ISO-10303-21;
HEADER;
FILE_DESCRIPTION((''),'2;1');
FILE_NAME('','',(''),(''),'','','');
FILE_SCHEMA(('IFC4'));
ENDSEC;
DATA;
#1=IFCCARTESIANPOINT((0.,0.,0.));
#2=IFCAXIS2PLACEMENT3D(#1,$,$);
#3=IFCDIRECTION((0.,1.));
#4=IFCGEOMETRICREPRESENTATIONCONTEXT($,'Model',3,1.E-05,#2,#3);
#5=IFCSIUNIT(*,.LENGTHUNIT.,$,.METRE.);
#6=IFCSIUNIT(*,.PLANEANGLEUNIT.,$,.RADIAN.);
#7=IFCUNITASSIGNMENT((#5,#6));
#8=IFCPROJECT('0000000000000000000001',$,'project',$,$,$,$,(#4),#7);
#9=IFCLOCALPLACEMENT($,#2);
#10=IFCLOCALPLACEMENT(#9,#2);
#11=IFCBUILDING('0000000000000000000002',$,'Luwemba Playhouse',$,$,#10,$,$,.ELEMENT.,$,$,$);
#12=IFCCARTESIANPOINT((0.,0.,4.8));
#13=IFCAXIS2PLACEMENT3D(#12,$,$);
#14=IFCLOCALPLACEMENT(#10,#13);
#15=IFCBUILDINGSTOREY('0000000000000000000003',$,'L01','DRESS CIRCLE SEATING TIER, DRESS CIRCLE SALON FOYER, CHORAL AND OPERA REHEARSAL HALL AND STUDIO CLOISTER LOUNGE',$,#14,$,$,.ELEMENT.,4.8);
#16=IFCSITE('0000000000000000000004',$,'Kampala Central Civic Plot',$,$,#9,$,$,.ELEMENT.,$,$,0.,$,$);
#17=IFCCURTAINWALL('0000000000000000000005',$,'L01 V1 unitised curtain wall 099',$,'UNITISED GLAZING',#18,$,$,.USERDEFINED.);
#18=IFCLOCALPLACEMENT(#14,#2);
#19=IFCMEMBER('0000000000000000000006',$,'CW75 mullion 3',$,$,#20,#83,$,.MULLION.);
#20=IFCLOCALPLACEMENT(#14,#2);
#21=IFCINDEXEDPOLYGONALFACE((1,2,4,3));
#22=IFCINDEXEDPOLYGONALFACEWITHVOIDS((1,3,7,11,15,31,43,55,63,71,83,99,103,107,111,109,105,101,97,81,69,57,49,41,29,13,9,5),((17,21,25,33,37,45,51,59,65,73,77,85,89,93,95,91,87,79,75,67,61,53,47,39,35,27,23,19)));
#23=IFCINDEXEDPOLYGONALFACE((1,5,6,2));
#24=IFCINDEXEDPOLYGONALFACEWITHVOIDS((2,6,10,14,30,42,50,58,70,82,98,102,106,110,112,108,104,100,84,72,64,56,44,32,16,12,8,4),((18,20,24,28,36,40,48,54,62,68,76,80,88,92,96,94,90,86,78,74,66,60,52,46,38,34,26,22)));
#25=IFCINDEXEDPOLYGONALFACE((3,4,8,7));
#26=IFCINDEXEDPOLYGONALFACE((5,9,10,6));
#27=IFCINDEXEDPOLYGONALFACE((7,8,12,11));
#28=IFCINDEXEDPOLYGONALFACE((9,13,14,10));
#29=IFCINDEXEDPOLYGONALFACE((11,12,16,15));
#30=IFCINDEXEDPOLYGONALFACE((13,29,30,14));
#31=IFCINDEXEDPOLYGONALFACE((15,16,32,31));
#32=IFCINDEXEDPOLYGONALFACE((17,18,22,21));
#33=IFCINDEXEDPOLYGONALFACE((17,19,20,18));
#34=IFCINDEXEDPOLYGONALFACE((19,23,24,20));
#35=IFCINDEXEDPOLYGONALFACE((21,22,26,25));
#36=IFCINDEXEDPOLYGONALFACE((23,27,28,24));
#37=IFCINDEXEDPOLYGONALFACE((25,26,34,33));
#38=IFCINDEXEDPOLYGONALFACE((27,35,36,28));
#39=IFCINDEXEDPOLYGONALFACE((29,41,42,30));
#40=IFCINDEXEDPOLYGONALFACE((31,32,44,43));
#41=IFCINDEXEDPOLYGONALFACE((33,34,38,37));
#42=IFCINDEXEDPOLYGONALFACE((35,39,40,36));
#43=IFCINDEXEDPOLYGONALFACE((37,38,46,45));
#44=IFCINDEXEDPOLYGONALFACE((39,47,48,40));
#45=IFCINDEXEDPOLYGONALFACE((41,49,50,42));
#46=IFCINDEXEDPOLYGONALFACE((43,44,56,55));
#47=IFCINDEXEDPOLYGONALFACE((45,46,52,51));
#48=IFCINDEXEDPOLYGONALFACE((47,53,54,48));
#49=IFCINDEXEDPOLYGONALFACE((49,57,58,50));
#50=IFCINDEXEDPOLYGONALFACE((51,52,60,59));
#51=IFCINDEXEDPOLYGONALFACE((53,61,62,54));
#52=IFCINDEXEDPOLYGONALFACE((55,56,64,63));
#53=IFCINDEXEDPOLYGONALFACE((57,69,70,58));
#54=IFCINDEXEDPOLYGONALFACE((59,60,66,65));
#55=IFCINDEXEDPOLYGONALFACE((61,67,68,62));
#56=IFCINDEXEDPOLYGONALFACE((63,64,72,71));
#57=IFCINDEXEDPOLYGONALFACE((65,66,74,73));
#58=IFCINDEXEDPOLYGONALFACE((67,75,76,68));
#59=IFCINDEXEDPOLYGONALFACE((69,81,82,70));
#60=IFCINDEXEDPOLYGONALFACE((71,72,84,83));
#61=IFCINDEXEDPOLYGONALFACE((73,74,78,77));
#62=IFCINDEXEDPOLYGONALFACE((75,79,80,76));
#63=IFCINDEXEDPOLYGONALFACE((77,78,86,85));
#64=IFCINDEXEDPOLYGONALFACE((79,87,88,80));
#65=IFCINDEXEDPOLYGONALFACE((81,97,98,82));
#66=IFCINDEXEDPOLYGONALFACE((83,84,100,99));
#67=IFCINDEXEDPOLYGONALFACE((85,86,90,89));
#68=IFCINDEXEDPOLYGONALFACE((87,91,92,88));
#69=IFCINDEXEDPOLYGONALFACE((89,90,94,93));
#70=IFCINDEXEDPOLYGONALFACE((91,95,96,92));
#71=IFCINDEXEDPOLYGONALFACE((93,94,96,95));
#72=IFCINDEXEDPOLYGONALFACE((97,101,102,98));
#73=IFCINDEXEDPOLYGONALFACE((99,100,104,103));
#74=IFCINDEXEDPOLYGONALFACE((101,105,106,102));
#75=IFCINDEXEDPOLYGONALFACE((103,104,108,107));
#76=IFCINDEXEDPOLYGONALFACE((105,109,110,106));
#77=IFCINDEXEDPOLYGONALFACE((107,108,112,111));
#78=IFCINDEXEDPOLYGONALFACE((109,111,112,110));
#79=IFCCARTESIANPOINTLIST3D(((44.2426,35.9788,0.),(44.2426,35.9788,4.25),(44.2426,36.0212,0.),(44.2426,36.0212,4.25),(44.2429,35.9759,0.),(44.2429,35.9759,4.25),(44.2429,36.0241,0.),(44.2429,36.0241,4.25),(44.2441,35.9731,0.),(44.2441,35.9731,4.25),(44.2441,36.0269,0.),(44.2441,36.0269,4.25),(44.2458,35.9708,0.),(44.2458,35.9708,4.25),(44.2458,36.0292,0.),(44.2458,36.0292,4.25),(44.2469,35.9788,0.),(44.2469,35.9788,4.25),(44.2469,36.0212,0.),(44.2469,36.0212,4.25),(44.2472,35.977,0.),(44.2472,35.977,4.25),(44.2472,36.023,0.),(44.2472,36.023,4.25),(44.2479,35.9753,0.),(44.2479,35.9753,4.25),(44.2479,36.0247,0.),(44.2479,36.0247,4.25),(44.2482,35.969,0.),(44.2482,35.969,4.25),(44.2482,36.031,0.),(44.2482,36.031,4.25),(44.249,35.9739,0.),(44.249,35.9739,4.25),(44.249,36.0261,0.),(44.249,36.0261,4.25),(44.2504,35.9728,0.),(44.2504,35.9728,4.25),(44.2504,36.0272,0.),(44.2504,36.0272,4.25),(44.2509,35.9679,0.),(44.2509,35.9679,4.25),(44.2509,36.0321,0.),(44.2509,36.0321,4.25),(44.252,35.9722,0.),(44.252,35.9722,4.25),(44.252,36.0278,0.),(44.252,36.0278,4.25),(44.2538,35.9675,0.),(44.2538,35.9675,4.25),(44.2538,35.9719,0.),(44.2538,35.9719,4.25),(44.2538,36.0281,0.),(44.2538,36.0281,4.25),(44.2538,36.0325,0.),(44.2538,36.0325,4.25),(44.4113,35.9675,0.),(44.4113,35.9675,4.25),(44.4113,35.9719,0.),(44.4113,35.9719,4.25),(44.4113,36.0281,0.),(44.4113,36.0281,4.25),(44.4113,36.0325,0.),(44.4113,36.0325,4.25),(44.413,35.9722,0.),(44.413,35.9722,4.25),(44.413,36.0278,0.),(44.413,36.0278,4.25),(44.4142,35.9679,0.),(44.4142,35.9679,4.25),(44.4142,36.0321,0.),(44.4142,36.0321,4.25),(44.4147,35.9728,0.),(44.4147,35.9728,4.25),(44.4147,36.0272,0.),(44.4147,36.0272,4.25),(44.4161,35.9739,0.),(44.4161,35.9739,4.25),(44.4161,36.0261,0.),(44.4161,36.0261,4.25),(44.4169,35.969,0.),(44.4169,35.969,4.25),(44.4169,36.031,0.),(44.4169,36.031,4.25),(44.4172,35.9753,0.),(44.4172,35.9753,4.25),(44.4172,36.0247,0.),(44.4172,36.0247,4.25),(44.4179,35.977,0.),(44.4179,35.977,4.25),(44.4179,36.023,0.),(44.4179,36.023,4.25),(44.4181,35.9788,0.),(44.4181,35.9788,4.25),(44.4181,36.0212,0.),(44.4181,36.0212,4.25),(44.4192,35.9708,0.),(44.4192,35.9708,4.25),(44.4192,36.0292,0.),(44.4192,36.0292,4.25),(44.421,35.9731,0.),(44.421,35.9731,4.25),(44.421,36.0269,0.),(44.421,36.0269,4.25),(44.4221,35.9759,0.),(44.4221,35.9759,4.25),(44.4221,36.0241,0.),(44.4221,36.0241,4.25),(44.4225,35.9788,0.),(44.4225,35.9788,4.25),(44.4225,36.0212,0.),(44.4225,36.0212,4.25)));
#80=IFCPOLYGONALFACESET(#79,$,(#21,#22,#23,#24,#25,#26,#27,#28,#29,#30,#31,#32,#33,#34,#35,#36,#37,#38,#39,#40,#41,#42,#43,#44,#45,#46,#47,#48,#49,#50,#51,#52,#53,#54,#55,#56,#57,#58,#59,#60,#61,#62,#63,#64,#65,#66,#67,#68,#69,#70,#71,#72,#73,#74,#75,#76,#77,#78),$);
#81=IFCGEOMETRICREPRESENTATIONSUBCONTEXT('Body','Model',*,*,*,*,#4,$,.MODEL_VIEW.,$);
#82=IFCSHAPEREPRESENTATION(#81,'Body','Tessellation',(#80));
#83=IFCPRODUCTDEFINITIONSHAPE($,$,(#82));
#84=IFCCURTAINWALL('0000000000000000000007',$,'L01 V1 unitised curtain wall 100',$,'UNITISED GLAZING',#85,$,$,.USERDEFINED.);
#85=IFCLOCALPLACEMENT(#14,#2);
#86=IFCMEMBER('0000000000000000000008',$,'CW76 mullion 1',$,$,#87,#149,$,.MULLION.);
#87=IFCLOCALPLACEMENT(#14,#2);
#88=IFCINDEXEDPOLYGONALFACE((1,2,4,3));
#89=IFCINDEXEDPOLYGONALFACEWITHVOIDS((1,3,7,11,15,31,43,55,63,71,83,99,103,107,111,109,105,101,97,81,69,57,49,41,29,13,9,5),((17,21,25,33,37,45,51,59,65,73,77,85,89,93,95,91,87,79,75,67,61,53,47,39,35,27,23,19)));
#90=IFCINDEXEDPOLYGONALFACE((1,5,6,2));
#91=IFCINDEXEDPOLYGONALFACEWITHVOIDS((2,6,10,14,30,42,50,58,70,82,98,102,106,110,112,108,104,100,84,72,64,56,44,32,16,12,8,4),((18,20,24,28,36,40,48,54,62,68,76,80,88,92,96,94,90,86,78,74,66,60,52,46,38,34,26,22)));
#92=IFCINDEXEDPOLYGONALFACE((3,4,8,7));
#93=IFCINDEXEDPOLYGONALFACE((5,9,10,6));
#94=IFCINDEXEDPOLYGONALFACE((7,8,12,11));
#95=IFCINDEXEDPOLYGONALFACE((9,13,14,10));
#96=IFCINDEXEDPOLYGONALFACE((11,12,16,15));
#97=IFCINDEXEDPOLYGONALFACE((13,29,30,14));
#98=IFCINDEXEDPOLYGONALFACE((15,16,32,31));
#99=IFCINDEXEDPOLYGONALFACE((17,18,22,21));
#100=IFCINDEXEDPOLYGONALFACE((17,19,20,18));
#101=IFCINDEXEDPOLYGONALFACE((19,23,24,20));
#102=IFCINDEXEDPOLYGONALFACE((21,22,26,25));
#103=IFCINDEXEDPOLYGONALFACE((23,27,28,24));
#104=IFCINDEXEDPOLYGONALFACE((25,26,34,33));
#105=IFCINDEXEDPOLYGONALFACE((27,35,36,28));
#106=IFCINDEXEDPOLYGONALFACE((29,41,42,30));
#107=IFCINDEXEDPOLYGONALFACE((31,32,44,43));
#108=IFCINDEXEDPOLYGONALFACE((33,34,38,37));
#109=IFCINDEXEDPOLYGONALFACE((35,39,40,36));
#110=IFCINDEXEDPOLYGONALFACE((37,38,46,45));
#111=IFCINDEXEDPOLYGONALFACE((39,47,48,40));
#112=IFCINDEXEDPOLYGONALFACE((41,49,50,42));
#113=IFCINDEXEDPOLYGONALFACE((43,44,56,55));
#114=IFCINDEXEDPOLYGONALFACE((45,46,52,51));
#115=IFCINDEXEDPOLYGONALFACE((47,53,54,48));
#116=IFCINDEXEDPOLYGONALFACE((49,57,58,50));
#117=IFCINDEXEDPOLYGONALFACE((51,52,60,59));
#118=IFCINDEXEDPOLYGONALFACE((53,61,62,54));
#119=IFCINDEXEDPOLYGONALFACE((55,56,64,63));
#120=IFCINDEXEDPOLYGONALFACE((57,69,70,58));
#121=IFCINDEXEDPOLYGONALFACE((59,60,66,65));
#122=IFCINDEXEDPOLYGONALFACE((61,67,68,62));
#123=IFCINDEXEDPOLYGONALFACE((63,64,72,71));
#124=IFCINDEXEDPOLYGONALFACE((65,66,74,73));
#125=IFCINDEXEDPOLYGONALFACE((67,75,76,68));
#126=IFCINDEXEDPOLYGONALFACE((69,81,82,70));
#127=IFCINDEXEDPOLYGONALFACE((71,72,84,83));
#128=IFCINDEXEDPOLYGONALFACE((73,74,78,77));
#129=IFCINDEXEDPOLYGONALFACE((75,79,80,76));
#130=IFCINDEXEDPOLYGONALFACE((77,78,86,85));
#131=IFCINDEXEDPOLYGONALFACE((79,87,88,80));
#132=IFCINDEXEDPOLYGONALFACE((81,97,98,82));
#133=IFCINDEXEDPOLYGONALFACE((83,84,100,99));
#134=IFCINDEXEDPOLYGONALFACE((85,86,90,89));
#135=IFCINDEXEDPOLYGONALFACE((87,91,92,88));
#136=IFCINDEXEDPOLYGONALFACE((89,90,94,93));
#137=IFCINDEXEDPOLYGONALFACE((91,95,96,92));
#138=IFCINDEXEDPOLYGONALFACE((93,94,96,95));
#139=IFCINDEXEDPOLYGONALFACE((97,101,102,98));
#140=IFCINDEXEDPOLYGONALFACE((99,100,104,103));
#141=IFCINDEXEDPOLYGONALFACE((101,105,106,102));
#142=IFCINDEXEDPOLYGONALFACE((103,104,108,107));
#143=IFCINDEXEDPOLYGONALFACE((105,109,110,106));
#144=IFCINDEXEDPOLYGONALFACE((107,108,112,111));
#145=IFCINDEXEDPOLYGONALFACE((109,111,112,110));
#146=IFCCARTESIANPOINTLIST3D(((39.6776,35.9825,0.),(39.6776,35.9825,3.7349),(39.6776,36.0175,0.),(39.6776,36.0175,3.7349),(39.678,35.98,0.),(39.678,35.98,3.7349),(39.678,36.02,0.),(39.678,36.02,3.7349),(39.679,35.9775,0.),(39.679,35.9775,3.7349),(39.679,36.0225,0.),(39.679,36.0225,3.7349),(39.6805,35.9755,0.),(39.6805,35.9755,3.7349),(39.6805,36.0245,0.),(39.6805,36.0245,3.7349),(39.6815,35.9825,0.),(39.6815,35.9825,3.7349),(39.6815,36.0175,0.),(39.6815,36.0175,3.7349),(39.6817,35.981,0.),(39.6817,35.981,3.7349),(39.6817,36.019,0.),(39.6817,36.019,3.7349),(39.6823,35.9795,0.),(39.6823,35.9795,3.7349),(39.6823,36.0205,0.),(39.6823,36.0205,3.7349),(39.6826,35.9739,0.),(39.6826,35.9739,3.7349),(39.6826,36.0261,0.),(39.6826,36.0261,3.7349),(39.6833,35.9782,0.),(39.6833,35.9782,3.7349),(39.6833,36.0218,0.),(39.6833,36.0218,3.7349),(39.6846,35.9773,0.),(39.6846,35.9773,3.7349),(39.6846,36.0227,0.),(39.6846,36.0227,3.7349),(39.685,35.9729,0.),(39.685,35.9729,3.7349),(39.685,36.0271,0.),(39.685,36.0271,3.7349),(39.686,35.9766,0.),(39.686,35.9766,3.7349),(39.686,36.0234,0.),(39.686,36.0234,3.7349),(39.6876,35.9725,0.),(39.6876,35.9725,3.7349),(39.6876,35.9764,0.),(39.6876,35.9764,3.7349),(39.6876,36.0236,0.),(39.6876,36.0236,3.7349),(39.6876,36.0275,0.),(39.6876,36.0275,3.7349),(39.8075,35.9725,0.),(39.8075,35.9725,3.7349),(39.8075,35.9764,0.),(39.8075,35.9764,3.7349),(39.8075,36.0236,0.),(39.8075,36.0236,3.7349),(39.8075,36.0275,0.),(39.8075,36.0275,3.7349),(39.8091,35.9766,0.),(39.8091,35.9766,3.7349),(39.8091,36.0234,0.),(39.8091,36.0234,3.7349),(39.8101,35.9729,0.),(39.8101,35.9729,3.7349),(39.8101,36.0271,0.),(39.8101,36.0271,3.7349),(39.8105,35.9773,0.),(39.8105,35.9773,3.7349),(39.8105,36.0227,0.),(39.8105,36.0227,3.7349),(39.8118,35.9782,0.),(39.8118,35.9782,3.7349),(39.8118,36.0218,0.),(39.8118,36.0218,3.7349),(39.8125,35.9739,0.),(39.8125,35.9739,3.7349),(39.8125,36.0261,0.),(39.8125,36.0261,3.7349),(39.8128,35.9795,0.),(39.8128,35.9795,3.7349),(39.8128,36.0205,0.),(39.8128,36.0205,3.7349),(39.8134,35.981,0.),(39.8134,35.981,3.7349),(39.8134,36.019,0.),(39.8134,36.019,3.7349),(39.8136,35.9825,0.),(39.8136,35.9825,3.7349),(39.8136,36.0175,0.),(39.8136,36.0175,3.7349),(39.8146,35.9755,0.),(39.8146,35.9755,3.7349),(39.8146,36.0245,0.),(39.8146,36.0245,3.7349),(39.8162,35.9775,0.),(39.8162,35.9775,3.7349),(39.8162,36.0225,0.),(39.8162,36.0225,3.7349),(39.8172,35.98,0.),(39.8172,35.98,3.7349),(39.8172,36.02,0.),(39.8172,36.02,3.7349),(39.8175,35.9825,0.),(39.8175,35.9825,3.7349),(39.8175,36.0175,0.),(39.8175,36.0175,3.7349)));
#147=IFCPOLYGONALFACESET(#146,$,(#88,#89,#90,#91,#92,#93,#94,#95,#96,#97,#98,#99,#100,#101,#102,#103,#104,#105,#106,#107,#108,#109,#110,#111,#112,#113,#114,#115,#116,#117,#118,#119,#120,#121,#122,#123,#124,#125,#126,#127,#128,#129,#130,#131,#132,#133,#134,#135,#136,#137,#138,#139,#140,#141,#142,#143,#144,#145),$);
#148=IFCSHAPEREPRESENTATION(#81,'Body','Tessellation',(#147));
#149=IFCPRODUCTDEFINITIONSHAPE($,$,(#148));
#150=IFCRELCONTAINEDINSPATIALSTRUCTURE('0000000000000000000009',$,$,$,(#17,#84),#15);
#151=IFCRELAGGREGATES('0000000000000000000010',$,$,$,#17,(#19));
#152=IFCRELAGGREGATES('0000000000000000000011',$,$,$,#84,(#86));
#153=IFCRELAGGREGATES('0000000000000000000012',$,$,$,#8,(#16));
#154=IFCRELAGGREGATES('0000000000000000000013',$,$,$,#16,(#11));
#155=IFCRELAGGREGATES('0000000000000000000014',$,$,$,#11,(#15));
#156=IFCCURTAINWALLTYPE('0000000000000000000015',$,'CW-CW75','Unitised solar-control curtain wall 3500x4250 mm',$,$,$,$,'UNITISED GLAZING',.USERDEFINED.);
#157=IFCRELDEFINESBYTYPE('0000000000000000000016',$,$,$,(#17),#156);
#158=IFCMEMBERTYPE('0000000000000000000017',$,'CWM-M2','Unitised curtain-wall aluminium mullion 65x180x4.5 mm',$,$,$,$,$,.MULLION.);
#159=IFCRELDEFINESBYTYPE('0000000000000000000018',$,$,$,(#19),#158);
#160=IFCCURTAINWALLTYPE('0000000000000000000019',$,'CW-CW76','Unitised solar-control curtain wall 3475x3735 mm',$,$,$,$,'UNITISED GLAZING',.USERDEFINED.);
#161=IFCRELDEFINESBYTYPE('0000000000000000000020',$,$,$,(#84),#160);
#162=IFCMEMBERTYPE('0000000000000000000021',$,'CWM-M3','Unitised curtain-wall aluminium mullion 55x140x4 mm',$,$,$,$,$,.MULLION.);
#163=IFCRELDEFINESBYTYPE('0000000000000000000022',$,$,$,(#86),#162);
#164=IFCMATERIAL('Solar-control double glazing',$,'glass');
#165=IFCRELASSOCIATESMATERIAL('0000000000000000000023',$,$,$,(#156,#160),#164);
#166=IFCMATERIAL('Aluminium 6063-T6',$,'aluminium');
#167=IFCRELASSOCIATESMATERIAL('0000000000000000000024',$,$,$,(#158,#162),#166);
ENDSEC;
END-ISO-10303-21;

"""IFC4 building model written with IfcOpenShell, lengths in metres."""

from ifc_helpers import new_model, si_unit, direction, frame, origin, origin_2d, place, context, subcontext, project, spatial, hollow_rectangle, extrude, material, material_profile, profile_set, type_object, element, aggregate, save


model = new_model("IFC4")

# Units and contexts
model_context = context("Model", 3, precision=1e-05, world=origin(), true_north=direction((0.0, 1.0)))
body_context = subcontext(model_context, "Body", "Model", "MODEL_VIEW")
ifc_project = project(units=[si_unit("LENGTHUNIT", "METRE"), si_unit("PLANEANGLEUNIT", "RADIAN")], contexts=[model_context])

# Site, building, storey
site_placement = place(None, origin())
site = spatial("IfcSite", under=ifc_project, at=site_placement, Name="Kampala Central Civic Plot", CompositionType="ELEMENT", RefElevation=0.0)
building_placement = place(site_placement, origin())
building = spatial("IfcBuilding", under=site, at=building_placement, Name="Luwemba Playhouse", CompositionType="ELEMENT")
storey_placement = place(building_placement, frame((0.0, 0.0, 4.8)))
storey = spatial("IfcBuildingStorey", under=building, at=storey_placement, Name="L01", Description="DRESS CIRCLE SEATING TIER, DRESS CIRCLE SALON FOYER, CHORAL AND OPERA REHEARSAL HALL AND STUDIO CLOISTER LOUNGE", CompositionType="ELEMENT", Elevation=4.8)

# Curtain wall, member
ifc_material_1 = material(Name="Solar-control double glazing", Category="glass")
curtain_wall_type_1 = type_object("IfcCurtainWallType", Name="CW-CW75", Description="Unitised solar-control curtain wall 3500x4250 mm", ElementType="UNITISED GLAZING", PredefinedType="USERDEFINED", material=ifc_material_1)
curtain_wall_1_placement = place(storey_placement, origin())
curtain_wall_1 = element("IfcCurtainWall", 1, at=curtain_wall_1_placement, inside=storey, type_object=curtain_wall_type_1, Name="L01 V1 unitised curtain wall 099", ObjectType="UNITISED GLAZING", PredefinedType="USERDEFINED")
ifc_material_2 = material(Name="Aluminium 6063-T6", Category="aluminium")
ifc_material_profile_1 = material_profile(ifc_material_2, hollow_rectangle(XDim=0.0649, YDim=0.1799, WallThickness=0.0044, InnerFilletRadius=0.0068, OuterFilletRadius=0.0112, at=origin_2d()))
ifc_profile_set_1 = profile_set([ifc_material_profile_1], Name="Aluminium 6063-T6")
member_type_1 = type_object("IfcMemberType", Name="CWM-M2", Description="Unitised curtain-wall aluminium mullion 65x180x4.5 mm", PredefinedType="MULLION", material=ifc_profile_set_1)
member_1_placement = place(storey_placement, frame((44.3325, 36.0, 0.0), z_axis=(0.0, 0.0, 1.0), x_axis=(0.0, -1.0, 0.0)))
member_1 = element("IfcMember", 2, at=member_1_placement, type_object=member_type_1, Name="CW75 mullion 3", PredefinedType="MULLION", context=body_context, shape_type="SweptSolid", body=[
    extrude(hollow_rectangle(XDim=0.0649, YDim=0.1799, WallThickness=0.0044, InnerFilletRadius=0.0068, OuterFilletRadius=0.0112, at=origin_2d()), origin(), (0.0, 0.0, 1.0), 4.25),
])

# Curtain wall, member
curtain_wall_type_2 = type_object("IfcCurtainWallType", Name="CW-CW76", Description="Unitised solar-control curtain wall 3475x3735 mm", ElementType="UNITISED GLAZING", PredefinedType="USERDEFINED", material=ifc_material_1)
curtain_wall_2_placement = place(storey_placement, origin())
curtain_wall_2 = element("IfcCurtainWall", 3, at=curtain_wall_2_placement, inside=storey, type_object=curtain_wall_type_2, Name="L01 V1 unitised curtain wall 100", ObjectType="UNITISED GLAZING", PredefinedType="USERDEFINED")
ifc_material_profile_2 = material_profile(ifc_material_2, hollow_rectangle(XDim=0.0549, YDim=0.1399, WallThickness=0.0039, InnerFilletRadius=0.0061, OuterFilletRadius=0.01, at=origin_2d()))
ifc_profile_set_2 = profile_set([ifc_material_profile_2], Name="Aluminium 6063-T6")
member_type_2 = type_object("IfcMemberType", Name="CWM-M3", Description="Unitised curtain-wall aluminium mullion 55x140x4 mm", PredefinedType="MULLION", material=ifc_profile_set_2)
member_2_placement = place(storey_placement, frame((39.7476, 36.0, 0.0), z_axis=(0.0, 0.0, 1.0), x_axis=(0.0, -1.0, 0.0)))
member_2 = element("IfcMember", 4, at=member_2_placement, type_object=member_type_2, Name="CW76 mullion 1", PredefinedType="MULLION", context=body_context, shape_type="SweptSolid", body=[
    extrude(hollow_rectangle(XDim=0.0549, YDim=0.1399, WallThickness=0.0039, InnerFilletRadius=0.0061, OuterFilletRadius=0.01, at=origin_2d()), origin(), (0.0, 0.0, 1.0), 3.7349),
])

aggregate(curtain_wall_1, [member_1])
aggregate(curtain_wall_2, [member_2])

save(model, "model.ifc")
